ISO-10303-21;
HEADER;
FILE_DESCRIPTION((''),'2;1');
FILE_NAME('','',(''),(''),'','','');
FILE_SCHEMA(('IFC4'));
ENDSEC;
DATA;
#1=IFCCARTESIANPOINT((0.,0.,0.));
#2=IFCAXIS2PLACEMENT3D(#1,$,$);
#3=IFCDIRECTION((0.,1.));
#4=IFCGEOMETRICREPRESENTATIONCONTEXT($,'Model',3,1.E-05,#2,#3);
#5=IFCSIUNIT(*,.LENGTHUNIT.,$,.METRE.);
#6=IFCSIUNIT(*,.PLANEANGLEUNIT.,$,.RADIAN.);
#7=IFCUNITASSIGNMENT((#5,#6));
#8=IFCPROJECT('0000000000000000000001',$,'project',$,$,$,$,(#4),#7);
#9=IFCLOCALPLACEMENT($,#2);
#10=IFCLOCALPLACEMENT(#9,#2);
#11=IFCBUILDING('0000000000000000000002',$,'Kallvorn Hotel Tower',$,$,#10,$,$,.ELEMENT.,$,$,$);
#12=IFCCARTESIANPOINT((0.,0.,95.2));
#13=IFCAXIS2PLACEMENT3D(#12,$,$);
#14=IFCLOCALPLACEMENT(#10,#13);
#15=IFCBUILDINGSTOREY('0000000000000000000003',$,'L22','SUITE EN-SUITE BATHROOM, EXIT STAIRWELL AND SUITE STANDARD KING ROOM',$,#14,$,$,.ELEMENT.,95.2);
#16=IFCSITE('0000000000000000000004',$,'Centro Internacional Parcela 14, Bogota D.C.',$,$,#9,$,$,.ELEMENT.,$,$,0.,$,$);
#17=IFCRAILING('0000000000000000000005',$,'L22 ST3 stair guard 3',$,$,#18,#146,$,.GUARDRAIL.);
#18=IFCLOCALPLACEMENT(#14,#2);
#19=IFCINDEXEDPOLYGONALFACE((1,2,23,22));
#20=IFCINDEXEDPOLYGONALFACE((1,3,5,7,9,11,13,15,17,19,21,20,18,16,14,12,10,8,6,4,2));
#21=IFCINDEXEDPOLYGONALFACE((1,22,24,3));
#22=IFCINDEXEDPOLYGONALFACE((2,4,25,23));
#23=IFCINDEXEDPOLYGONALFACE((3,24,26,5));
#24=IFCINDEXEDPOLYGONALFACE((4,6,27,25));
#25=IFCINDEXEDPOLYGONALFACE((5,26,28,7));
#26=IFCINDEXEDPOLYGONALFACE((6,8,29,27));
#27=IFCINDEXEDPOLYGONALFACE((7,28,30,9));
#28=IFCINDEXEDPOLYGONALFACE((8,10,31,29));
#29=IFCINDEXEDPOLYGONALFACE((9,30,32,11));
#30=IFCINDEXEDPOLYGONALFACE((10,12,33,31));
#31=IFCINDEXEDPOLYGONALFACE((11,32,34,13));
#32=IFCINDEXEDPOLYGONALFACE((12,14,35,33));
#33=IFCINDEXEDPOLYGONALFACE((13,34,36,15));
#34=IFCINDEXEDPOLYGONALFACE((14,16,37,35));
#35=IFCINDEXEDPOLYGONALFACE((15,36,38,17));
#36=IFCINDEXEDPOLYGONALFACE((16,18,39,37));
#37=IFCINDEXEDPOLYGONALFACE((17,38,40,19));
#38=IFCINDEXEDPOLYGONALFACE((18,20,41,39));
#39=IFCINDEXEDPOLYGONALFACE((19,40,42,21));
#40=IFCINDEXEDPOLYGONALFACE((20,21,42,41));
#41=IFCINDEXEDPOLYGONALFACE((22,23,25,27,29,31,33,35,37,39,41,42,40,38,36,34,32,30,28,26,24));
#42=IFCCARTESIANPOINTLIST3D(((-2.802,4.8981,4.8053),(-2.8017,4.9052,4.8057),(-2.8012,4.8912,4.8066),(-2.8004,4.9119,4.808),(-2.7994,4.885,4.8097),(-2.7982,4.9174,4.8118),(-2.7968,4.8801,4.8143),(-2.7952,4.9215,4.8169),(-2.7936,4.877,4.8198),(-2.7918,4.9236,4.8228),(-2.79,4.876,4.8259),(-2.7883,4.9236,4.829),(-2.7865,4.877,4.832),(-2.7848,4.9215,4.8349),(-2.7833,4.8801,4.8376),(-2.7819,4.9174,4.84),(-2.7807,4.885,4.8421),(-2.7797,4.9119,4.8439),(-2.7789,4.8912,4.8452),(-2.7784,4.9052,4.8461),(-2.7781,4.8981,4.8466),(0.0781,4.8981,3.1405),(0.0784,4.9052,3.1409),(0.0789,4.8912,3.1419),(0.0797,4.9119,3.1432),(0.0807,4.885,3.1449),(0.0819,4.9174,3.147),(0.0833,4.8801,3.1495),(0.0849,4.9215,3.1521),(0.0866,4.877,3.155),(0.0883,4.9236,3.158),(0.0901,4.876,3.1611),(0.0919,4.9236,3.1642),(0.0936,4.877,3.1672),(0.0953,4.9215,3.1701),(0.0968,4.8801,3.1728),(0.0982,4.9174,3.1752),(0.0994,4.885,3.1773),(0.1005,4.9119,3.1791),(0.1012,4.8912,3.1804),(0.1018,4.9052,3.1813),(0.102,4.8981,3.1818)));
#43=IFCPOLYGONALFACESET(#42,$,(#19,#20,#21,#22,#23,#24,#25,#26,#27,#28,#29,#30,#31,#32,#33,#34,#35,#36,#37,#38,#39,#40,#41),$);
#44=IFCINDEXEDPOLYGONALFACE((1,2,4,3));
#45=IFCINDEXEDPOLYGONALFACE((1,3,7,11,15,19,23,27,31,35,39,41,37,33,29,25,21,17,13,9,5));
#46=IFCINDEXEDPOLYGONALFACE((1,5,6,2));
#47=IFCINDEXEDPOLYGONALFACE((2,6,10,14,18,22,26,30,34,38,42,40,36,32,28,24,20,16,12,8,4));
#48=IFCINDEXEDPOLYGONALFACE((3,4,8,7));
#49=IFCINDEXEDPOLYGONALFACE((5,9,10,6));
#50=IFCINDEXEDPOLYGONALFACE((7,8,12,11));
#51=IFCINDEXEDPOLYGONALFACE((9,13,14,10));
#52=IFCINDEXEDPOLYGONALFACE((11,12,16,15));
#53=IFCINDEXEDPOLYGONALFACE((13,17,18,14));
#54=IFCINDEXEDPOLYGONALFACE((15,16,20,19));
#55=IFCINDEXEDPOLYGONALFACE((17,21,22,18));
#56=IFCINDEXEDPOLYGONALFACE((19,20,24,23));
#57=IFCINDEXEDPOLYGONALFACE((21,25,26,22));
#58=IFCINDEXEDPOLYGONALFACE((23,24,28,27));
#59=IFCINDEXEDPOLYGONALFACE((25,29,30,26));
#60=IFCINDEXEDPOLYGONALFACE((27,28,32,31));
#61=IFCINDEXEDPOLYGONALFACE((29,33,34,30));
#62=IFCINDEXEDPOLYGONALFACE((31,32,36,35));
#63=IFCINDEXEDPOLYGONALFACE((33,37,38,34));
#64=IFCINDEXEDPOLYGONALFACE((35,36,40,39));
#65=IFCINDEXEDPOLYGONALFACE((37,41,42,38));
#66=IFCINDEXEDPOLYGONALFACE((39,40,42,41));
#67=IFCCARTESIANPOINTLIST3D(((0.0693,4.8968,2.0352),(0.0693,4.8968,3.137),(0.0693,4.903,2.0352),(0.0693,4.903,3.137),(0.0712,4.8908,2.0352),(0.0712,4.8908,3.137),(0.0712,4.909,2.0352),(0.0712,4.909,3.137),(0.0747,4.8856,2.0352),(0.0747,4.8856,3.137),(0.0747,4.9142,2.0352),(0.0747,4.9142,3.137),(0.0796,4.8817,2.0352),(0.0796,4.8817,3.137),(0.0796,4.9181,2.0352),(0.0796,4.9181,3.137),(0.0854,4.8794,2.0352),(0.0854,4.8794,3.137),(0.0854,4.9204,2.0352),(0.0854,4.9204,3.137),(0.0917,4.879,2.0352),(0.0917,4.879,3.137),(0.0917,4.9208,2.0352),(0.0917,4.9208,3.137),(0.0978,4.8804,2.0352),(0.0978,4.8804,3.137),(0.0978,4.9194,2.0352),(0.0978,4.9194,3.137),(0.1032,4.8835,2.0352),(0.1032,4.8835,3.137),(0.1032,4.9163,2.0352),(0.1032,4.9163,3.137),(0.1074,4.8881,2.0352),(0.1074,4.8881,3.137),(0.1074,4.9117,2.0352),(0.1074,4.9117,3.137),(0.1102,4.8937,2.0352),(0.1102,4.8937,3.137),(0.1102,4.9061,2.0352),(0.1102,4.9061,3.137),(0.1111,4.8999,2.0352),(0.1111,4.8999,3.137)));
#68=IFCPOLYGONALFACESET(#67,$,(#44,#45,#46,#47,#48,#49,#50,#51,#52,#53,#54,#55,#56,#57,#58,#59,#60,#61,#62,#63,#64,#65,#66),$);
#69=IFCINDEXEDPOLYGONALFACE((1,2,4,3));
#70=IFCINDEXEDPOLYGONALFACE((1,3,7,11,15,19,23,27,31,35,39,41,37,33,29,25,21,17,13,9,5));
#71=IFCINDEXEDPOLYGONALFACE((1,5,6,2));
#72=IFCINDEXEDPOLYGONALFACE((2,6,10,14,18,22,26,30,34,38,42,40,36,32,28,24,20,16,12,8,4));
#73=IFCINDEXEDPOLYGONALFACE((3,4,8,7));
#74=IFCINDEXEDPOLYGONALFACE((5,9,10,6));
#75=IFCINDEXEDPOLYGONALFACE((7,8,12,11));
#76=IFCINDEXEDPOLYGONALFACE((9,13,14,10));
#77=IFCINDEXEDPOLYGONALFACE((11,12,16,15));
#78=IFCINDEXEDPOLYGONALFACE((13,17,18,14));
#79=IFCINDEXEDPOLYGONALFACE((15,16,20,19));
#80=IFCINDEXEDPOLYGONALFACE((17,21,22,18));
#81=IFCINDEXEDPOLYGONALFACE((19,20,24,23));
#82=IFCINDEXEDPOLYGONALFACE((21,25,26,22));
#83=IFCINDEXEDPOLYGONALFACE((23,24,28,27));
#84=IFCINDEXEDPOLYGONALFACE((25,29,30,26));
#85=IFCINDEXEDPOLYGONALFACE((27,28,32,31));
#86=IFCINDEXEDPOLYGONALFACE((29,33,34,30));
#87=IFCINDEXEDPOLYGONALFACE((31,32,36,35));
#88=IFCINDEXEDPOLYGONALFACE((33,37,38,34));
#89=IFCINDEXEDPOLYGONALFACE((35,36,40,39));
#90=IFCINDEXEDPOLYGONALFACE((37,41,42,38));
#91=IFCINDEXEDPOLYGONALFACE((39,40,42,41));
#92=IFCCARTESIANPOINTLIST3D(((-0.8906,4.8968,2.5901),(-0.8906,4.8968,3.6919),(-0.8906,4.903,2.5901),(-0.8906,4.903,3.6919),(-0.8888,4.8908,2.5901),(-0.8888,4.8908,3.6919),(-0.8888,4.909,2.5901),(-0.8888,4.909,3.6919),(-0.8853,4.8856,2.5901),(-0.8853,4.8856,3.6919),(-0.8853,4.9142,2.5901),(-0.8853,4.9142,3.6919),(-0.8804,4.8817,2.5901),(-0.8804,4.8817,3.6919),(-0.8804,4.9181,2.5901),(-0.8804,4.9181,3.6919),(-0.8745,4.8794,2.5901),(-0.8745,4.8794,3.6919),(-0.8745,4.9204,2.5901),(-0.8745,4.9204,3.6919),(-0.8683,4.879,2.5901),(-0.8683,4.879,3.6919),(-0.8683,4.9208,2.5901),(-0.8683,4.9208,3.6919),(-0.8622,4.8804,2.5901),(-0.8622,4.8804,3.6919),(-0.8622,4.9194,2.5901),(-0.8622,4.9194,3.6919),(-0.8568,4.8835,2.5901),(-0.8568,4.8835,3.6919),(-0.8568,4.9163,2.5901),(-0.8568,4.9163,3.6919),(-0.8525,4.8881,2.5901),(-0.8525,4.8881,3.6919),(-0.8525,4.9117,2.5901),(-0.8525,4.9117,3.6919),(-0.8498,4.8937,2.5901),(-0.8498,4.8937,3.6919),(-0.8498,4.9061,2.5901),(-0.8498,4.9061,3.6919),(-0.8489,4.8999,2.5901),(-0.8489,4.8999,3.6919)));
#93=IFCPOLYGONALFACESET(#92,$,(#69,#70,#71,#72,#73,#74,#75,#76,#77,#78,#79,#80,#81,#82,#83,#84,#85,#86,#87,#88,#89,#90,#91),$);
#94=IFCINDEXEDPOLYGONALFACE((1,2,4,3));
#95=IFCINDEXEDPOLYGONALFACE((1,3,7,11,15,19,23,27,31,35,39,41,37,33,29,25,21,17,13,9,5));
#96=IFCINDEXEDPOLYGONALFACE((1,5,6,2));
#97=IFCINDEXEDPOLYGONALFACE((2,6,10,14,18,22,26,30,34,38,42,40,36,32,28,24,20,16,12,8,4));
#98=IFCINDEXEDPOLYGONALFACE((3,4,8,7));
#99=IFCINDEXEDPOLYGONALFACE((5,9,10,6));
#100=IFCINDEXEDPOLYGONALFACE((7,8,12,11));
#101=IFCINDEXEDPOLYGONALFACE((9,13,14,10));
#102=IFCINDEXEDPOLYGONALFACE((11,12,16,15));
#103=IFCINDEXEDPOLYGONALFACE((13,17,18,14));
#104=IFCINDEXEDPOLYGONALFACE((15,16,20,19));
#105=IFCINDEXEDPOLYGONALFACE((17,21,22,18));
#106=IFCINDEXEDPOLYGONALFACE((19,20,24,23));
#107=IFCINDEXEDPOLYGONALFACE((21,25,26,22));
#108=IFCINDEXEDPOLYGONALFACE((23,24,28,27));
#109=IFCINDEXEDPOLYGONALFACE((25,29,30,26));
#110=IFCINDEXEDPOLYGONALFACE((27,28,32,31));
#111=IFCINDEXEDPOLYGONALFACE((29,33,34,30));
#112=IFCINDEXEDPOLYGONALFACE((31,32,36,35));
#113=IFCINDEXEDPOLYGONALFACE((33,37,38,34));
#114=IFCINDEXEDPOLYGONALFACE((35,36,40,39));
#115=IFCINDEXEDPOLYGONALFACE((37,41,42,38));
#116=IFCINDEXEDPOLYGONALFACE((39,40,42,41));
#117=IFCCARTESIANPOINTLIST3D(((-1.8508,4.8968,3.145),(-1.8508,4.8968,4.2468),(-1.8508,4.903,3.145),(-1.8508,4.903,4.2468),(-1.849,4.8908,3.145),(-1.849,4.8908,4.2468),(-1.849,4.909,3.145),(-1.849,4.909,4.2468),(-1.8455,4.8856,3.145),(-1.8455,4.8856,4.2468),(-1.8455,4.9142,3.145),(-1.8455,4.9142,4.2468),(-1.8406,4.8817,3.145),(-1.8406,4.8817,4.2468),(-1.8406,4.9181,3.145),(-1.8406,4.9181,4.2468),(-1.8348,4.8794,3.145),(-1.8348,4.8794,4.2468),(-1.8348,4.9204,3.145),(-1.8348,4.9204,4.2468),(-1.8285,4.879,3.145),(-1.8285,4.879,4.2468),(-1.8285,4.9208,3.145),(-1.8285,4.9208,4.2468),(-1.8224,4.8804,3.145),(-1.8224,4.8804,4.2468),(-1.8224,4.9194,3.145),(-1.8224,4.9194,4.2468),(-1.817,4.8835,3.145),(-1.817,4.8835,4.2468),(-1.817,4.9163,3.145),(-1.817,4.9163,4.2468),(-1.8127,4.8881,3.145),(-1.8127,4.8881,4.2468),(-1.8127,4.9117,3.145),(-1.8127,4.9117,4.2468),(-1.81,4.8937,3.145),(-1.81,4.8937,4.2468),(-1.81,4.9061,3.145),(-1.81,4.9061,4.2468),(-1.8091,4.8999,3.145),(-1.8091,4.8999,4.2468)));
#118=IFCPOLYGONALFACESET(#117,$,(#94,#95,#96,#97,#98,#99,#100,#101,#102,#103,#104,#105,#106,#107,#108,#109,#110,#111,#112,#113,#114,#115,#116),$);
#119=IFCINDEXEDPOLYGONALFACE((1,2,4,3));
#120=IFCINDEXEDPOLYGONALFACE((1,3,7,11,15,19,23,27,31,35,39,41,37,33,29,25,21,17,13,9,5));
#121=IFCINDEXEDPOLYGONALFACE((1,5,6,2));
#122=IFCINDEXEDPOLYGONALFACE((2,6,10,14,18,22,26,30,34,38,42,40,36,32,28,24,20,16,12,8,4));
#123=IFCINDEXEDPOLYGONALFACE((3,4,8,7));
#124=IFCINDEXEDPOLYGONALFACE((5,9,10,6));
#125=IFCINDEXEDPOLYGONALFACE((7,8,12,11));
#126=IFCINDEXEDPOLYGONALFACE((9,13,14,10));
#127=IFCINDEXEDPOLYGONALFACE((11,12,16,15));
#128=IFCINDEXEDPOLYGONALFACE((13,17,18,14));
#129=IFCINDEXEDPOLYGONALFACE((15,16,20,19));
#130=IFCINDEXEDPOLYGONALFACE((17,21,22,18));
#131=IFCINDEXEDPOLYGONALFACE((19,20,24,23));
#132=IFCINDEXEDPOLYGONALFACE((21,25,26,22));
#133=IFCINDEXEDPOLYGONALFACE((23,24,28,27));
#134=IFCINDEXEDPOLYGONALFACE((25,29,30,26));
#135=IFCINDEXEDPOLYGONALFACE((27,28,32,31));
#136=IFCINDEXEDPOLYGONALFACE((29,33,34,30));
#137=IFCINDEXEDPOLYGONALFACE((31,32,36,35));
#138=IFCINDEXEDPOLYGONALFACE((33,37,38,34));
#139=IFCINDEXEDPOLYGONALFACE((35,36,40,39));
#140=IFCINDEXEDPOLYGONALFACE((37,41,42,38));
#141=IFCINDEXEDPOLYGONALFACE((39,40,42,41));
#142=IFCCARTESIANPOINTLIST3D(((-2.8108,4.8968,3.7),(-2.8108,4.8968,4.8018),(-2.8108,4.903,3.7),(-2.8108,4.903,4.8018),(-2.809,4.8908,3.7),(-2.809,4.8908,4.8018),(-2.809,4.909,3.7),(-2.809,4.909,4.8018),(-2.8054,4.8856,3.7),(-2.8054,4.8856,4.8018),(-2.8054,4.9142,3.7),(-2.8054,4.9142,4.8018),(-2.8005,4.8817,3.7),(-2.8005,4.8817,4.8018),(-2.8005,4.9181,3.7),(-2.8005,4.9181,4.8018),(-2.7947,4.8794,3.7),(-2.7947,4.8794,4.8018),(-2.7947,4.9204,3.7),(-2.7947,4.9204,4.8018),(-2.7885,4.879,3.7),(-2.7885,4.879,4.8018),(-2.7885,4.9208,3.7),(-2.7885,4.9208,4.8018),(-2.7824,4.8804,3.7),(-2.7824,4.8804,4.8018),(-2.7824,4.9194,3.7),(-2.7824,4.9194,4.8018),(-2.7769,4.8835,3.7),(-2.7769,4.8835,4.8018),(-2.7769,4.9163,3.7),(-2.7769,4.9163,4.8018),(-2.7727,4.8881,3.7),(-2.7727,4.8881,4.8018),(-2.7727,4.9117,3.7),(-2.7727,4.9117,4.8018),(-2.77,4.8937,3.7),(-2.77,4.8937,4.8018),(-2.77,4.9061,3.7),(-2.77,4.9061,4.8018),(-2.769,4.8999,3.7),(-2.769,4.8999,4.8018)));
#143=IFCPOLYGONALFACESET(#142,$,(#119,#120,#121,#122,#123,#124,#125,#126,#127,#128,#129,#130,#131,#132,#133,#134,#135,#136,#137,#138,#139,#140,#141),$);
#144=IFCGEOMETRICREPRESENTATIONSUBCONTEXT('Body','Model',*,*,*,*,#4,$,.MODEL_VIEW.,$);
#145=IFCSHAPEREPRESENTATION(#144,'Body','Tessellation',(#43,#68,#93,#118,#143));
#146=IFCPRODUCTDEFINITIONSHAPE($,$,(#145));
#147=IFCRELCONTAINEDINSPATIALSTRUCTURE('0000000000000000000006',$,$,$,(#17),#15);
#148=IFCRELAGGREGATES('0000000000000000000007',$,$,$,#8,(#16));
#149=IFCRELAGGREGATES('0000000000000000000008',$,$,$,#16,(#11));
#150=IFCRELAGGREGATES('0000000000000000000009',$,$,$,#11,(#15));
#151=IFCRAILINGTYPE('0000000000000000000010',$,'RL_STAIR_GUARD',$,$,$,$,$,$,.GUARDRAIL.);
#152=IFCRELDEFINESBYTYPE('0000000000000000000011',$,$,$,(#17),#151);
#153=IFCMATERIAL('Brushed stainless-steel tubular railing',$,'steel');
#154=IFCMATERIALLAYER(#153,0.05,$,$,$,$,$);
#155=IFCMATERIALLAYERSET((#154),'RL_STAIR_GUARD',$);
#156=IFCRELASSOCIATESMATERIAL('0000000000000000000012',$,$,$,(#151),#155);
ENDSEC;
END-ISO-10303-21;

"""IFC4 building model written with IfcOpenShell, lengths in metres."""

from ifc_helpers import new_model, si_unit, direction, frame, origin, origin_2d, place, context, subcontext, project, spatial, circle, extrude, material, layer, layer_set, type_object, element, save


model = new_model("IFC4")

# Units and contexts
model_context = context("Model", 3, precision=1e-05, world=origin(), true_north=direction((0.0, 1.0)))
body_context = subcontext(model_context, "Body", "Model", "MODEL_VIEW")
ifc_project = project(units=[si_unit("LENGTHUNIT", "METRE"), si_unit("PLANEANGLEUNIT", "RADIAN")], contexts=[model_context])

# Site, building, storey
site_placement = place(None, origin())
site = spatial("IfcSite", under=ifc_project, at=site_placement, Name="Centro Internacional Parcela 14, Bogota D.C.", CompositionType="ELEMENT", RefElevation=0.0)
building_placement = place(site_placement, origin())
building = spatial("IfcBuilding", under=site, at=building_placement, Name="Kallvorn Hotel Tower", CompositionType="ELEMENT")
storey_placement = place(building_placement, frame((0.0, 0.0, 95.2)))
storey = spatial("IfcBuildingStorey", under=building, at=storey_placement, Name="L22", Description="SUITE EN-SUITE BATHROOM, EXIT STAIRWELL AND SUITE STANDARD KING ROOM", CompositionType="ELEMENT", Elevation=95.2)

# Railing
ifc_material_1 = material(Name="Brushed stainless-steel tubular railing", Category="steel")
ifc_layer_1 = layer(ifc_material_1, 0.05)
ifc_layer_set_1 = layer_set([ifc_layer_1], Name="RL_STAIR_GUARD")
railing_type_1 = type_object("IfcRailingType", Name="RL_STAIR_GUARD", PredefinedType="GUARDRAIL", material=ifc_layer_set_1)
railing_1_placement = place(storey_placement, frame((0.0901, 4.8999, 2.0352)))
element("IfcRailing", 1, at=railing_1_placement, inside=storey, type_object=railing_type_1, Name="L22 ST3 stair guard 3", PredefinedType="GUARDRAIL", context=body_context, shape_type="SweptSolid", body=[
    extrude(circle(Radius=0.0239, at=origin_2d()), frame((0.0, 0.0, 1.126), z_axis=(-0.865771, 0.0, 0.50044), x_axis=(0.0, -1.0, 0.0)), (0.0, 0.0, 1.0), 3.3267),
    extrude(circle(Radius=0.021, at=origin_2d()), origin(), (0.0, 0.0, 1.0), 1.1018),
    extrude(circle(Radius=0.021, at=origin_2d()), frame((-0.96, 0.0, 0.5549)), (0.0, 0.0, 1.0), 1.1018),
    extrude(circle(Radius=0.021, at=origin_2d()), frame((-1.9202, 0.0, 1.1099)), (0.0, 0.0, 1.0), 1.1018),
    extrude(circle(Radius=0.021, at=origin_2d()), frame((-2.8801, 0.0, 1.6648)), (0.0, 0.0, 1.0), 1.1018),
])

save(model, "model.ifc")
